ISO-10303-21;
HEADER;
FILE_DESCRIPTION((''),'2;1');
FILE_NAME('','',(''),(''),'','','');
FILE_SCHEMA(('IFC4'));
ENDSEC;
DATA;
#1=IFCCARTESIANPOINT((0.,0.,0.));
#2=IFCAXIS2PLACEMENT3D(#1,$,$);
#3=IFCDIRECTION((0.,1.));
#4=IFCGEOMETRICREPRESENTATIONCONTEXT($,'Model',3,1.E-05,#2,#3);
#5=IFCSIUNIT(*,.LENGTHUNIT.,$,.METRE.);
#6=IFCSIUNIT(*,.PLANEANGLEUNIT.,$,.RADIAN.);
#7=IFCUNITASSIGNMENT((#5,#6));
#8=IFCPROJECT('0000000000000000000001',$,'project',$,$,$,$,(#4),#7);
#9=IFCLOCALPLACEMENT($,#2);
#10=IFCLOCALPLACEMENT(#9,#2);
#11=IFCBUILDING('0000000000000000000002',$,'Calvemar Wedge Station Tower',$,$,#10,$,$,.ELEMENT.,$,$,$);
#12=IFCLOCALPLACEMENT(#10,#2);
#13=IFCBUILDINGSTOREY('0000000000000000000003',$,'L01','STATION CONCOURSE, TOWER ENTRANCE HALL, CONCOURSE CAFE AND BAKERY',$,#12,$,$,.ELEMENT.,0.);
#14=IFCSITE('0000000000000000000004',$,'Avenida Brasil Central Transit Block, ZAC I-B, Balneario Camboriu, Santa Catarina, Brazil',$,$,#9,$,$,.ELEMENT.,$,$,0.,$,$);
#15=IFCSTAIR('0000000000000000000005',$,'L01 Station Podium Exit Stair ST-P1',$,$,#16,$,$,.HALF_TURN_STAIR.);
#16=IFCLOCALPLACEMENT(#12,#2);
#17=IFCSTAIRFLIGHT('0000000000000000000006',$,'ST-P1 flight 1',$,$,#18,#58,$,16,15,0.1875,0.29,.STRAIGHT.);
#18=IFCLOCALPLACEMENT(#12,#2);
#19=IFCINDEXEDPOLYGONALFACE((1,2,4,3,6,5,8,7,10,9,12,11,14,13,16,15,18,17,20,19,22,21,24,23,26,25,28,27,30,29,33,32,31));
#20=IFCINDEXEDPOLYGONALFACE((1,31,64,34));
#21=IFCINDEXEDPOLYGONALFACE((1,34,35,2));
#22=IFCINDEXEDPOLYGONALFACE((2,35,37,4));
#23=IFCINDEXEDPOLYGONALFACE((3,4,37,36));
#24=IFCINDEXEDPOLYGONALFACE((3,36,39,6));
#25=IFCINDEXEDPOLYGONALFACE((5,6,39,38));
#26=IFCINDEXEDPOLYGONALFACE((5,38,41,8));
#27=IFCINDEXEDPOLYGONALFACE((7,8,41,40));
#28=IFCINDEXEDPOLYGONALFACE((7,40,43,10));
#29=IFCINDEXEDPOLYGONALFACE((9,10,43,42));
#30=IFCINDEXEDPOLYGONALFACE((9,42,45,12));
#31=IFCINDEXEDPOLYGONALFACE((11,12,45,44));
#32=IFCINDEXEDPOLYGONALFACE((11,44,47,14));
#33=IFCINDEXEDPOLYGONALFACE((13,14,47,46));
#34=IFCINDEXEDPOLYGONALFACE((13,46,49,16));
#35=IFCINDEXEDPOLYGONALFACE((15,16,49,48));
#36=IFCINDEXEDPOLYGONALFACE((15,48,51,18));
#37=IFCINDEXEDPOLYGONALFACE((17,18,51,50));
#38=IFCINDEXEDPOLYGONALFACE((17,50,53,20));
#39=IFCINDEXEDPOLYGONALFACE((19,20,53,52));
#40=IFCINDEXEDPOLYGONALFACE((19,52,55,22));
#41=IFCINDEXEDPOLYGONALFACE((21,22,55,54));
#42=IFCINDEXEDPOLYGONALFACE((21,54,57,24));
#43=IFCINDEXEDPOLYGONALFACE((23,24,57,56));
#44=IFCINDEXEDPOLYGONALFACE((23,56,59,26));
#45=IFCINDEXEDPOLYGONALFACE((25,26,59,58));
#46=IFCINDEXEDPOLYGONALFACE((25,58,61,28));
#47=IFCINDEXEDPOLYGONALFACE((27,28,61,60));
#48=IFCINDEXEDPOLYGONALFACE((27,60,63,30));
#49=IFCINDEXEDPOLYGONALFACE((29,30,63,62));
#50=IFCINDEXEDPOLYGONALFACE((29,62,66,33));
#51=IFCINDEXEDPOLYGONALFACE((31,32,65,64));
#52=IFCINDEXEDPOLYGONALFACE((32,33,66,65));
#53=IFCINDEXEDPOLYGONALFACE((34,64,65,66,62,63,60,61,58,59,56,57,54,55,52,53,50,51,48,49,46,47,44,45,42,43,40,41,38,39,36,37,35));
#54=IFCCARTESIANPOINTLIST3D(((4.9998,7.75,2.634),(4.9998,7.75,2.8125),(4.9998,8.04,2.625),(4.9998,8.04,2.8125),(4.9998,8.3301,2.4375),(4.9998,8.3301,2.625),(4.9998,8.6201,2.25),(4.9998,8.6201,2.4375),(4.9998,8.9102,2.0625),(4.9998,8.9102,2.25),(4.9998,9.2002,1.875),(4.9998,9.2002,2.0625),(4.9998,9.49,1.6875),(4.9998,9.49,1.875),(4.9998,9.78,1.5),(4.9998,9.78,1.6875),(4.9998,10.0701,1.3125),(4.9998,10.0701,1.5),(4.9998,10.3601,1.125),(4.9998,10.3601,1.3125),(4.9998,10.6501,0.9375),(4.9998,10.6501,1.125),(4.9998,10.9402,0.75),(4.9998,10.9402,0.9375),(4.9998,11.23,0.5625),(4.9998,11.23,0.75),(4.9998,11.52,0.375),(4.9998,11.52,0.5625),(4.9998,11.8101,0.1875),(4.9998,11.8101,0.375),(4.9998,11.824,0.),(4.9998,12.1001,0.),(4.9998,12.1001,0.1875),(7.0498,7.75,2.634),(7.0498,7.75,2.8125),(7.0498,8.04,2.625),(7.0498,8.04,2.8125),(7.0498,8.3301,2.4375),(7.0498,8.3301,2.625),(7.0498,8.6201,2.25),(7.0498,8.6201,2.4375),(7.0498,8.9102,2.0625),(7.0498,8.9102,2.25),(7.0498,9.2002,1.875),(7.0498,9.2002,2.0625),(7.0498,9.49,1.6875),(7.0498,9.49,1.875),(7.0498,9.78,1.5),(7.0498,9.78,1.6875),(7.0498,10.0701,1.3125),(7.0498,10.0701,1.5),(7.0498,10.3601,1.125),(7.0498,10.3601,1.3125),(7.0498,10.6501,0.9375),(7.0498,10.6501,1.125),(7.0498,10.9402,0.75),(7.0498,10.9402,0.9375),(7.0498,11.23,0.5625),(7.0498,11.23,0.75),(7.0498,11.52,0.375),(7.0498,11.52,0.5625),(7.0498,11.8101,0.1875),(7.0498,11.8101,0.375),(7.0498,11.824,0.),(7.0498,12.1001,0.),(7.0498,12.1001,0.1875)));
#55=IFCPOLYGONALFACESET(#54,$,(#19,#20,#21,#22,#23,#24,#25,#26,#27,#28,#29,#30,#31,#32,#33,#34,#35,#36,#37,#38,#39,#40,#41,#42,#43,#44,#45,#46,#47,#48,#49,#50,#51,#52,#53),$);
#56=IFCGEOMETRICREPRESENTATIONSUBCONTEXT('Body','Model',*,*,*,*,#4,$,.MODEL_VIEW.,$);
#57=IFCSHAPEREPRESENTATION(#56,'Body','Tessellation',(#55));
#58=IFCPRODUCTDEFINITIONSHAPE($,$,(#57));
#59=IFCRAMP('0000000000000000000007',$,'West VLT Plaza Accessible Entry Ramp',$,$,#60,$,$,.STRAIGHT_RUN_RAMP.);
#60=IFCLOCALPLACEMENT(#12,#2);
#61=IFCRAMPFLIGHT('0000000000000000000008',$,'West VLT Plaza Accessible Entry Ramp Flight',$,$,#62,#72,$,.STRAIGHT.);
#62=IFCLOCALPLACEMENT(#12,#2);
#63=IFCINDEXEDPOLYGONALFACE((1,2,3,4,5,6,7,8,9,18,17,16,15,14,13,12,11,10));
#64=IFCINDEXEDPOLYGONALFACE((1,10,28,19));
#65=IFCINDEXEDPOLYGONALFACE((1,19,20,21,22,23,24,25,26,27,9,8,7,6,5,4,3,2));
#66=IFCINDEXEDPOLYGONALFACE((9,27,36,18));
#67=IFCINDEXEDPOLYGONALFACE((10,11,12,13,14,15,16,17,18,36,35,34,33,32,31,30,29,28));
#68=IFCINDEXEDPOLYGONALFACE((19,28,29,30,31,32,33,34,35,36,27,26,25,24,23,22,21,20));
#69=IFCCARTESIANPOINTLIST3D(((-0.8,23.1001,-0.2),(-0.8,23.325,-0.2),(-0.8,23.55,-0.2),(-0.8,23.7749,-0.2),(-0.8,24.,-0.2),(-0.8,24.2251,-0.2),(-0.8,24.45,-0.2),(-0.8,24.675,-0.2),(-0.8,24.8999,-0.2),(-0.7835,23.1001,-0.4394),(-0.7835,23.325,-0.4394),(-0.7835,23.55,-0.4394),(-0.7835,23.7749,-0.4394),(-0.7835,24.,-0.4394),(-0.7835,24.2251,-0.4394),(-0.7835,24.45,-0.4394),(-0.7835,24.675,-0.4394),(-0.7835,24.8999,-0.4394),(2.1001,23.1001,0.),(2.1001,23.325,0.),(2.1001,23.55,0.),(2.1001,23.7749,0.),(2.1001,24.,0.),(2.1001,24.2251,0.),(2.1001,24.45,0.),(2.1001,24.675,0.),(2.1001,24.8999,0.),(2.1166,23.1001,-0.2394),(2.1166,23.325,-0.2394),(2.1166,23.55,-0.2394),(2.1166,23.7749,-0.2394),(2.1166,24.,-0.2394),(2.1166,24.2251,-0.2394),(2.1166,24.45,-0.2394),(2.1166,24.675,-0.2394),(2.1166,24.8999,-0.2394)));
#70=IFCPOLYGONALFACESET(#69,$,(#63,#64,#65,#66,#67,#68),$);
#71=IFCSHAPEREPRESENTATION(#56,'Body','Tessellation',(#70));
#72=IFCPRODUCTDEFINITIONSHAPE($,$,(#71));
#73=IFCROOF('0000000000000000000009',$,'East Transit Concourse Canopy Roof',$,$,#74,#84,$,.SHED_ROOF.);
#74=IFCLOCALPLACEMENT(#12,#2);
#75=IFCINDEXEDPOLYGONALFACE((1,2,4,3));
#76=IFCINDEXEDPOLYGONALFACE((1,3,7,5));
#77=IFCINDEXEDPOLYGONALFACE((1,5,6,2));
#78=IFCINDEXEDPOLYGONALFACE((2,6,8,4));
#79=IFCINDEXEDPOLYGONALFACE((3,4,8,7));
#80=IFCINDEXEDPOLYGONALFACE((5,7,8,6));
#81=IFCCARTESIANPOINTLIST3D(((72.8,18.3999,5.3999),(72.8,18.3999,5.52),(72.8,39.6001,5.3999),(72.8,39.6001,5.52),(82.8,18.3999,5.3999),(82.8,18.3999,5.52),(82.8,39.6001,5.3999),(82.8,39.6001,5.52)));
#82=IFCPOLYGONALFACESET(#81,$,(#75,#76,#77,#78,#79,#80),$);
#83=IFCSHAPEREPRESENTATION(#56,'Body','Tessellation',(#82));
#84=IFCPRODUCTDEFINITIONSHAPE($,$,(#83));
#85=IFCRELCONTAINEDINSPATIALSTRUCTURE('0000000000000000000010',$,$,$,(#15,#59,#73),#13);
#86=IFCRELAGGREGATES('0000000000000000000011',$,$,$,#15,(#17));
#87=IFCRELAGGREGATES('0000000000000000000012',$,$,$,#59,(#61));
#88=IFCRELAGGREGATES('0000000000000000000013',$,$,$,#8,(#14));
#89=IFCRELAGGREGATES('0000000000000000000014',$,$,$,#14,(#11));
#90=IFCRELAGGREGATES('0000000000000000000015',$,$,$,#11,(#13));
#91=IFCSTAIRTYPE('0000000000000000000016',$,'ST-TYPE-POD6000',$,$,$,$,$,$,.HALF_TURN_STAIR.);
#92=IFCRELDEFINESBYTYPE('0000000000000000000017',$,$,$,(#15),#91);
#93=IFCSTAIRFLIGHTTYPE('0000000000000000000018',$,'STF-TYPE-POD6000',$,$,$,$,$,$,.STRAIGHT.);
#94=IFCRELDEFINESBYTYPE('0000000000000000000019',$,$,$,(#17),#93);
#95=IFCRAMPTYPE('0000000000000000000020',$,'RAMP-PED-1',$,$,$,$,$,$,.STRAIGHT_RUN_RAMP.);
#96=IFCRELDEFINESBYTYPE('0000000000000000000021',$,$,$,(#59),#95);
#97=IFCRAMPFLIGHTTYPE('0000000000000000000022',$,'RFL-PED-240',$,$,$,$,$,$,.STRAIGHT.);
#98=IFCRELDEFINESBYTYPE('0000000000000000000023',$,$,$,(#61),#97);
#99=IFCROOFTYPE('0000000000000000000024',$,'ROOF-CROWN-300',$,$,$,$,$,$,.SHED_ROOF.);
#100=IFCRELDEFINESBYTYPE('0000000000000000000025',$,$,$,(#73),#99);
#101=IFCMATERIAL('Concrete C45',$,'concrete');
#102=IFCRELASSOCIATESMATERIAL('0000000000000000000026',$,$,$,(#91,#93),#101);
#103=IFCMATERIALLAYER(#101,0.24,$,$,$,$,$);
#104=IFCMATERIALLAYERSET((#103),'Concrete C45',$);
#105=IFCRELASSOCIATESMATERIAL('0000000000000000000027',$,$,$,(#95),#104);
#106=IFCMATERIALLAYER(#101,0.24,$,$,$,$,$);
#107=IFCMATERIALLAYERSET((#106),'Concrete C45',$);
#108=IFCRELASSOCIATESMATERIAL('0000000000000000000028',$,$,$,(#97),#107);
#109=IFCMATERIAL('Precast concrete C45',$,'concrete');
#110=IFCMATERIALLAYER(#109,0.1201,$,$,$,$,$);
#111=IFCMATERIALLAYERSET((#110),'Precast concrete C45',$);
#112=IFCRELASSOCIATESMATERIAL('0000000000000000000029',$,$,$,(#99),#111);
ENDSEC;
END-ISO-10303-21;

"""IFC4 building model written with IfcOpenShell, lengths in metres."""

from ifc_helpers import new_model, si_unit, direction, frame, origin, place, context, subcontext, project, spatial, polyline, outline, extrude, material, layer, layer_set, type_object, element, aggregate, save


model = new_model("IFC4")

# Units and contexts
model_context = context("Model", 3, precision=1e-05, world=origin(), true_north=direction((0.0, 1.0)))
body_context = subcontext(model_context, "Body", "Model", "MODEL_VIEW")
ifc_project = project(units=[si_unit("LENGTHUNIT", "METRE"), si_unit("PLANEANGLEUNIT", "RADIAN")], contexts=[model_context])

# Site, building, storey
site_placement = place(None, origin())
site = spatial("IfcSite", under=ifc_project, at=site_placement, Name="Avenida Brasil Central Transit Block, ZAC I-B, Balneario Camboriu, Santa Catarina, Brazil", CompositionType="ELEMENT", RefElevation=0.0)
building_placement = place(site_placement, origin())
building = spatial("IfcBuilding", under=site, at=building_placement, Name="Calvemar Wedge Station Tower", CompositionType="ELEMENT")
storey_placement = place(building_placement, origin())
storey = spatial("IfcBuildingStorey", under=building, at=storey_placement, Name="L01", Description="STATION CONCOURSE, TOWER ENTRANCE HALL, CONCOURSE CAFE AND BAKERY", CompositionType="ELEMENT", Elevation=0.0)

# Shared definitions
ifc_material_1 = material(Name="Concrete C45", Category="concrete")

# Stair
stair_type_1 = type_object("IfcStairType", Name="ST-TYPE-POD6000", PredefinedType="HALF_TURN_STAIR", material=ifc_material_1)
stair_1_placement = place(storey_placement, origin())
stair_1 = element("IfcStair", 1, at=stair_1_placement, inside=storey, type_object=stair_type_1, Name="L01 Station Podium Exit Stair ST-P1", PredefinedType="HALF_TURN_STAIR")

# Shared definitions
ifc_material_2 = material(Name="Precast concrete C45", Category="concrete")

# Stair flight
stair_flight_type = type_object("IfcStairFlightType", Name="STF-TYPE-POD6000", PredefinedType="STRAIGHT", material=ifc_material_1)
stair_flight_placement = place(storey_placement, frame((6.0249, 12.1001, 0.0), z_axis=(0.0, 0.0, 1.0), x_axis=(0.0, -1.0, 0.0)))
stair_flight = element("IfcStairFlight", 2, at=stair_flight_placement, type_object=stair_flight_type, Name="ST-P1 flight 1", NumberOfRisers=16, NumberOfTreads=15, PredefinedType="STRAIGHT", RiserHeight=0.1875, TreadLength=0.29, context=body_context, shape_type="SweptSolid", body=[
    extrude(outline(polyline([(0.0, 0.0), (0.0, 0.1875), (0.29, 0.1875), (0.29, 0.375), (0.5801, 0.375), (0.5801, 0.5625), (0.8701, 0.5625), (0.8701, 0.75), (1.1599, 0.75), (1.1599, 0.9375), (1.45, 0.9375), (1.45, 1.125), (1.74, 1.125), (1.74, 1.3125), (2.03, 1.3125), (2.03, 1.5), (2.3201, 1.5), (2.3201, 1.6875), (2.6101, 1.6875), (2.6101, 1.875), (2.8999, 1.875), (2.8999, 2.0625), (3.1899, 2.0625), (3.1899, 2.25), (3.48, 2.25), (3.48, 2.4375), (3.77, 2.4375), (3.77, 2.625), (4.0601, 2.625), (4.0601, 2.8125), (4.3501, 2.8125), (4.3501, 3.0), (4.3501, 2.634), (0.2761, 0.0), (0.0, 0.0)])), frame((0.0, 1.0249, 0.0), z_axis=(0.0, -1.0, 0.0), x_axis=(1.0, 0.0, 0.0)), (0.0, 0.0, 1.0), 2.05),
])
aggregate(stair_1, [stair_flight])

# Ramp, ramp flight
ifc_layer_1 = layer(ifc_material_1, 0.24)
ifc_layer_set_1 = layer_set([ifc_layer_1], Name="Concrete C45")
ramp_type = type_object("IfcRampType", Name="RAMP-PED-1", PredefinedType="STRAIGHT_RUN_RAMP", material=ifc_layer_set_1)
ramp_placement = place(storey_placement, origin())
ramp = element("IfcRamp", 3, at=ramp_placement, inside=storey, type_object=ramp_type, Name="West VLT Plaza Accessible Entry Ramp", PredefinedType="STRAIGHT_RUN_RAMP")
ifc_layer_2 = layer(ifc_material_1, 0.24)
ifc_layer_set_2 = layer_set([ifc_layer_2], Name="Concrete C45")
ramp_flight_type = type_object("IfcRampFlightType", Name="RFL-PED-240", PredefinedType="STRAIGHT", material=ifc_layer_set_2)
ramp_flight_placement = place(storey_placement, frame((-0.8, 23.1001, -0.2), z_axis=(-0.068782, 0.0, 0.997632), x_axis=(0.997632, 0.0, 0.068782)))
ramp_flight = element("IfcRampFlight", 4, at=ramp_flight_placement, type_object=ramp_flight_type, Name="West VLT Plaza Accessible Entry Ramp Flight", PredefinedType="STRAIGHT", context=body_context, shape_type="SweptSolid", body=[
    extrude(outline(polyline([(0.0, 0.0), (2.907, 0.0), (2.907, 0.2249), (2.907, 0.45), (2.907, 0.6748), (2.907, 0.8999), (2.907, 1.125), (2.907, 1.3499), (2.907, 1.575), (2.907, 1.7998), (0.0, 1.7998), (0.0, 1.575), (0.0, 1.3499), (0.0, 1.125), (0.0, 0.8999), (0.0, 0.6748), (0.0, 0.45), (0.0, 0.2249), (0.0, 0.0)])), origin(), (0.0, 0.0, -1.0), 0.24),
])
aggregate(ramp, [ramp_flight])

# Roof
ifc_layer_3 = layer(ifc_material_2, 0.1201)
ifc_layer_set_3 = layer_set([ifc_layer_3], Name="Precast concrete C45")
roof_type = type_object("IfcRoofType", Name="ROOF-CROWN-300", PredefinedType="SHED_ROOF", material=ifc_layer_set_3)
roof_placement = place(storey_placement, frame((0.0, 0.0, 5.3999)))
element("IfcRoof", 5, at=roof_placement, inside=storey, type_object=roof_type, Name="East Transit Concourse Canopy Roof", PredefinedType="SHED_ROOF", context=body_context, shape_type="SweptSolid", body=[
    extrude(outline(polyline([(72.8, 18.3999), (82.8, 18.3999), (82.8, 39.6001), (72.8, 39.6001), (72.8, 18.3999)])), origin(), (0.0, 0.0, 1.0), 0.1201),
])

save(model, "model.ifc")
